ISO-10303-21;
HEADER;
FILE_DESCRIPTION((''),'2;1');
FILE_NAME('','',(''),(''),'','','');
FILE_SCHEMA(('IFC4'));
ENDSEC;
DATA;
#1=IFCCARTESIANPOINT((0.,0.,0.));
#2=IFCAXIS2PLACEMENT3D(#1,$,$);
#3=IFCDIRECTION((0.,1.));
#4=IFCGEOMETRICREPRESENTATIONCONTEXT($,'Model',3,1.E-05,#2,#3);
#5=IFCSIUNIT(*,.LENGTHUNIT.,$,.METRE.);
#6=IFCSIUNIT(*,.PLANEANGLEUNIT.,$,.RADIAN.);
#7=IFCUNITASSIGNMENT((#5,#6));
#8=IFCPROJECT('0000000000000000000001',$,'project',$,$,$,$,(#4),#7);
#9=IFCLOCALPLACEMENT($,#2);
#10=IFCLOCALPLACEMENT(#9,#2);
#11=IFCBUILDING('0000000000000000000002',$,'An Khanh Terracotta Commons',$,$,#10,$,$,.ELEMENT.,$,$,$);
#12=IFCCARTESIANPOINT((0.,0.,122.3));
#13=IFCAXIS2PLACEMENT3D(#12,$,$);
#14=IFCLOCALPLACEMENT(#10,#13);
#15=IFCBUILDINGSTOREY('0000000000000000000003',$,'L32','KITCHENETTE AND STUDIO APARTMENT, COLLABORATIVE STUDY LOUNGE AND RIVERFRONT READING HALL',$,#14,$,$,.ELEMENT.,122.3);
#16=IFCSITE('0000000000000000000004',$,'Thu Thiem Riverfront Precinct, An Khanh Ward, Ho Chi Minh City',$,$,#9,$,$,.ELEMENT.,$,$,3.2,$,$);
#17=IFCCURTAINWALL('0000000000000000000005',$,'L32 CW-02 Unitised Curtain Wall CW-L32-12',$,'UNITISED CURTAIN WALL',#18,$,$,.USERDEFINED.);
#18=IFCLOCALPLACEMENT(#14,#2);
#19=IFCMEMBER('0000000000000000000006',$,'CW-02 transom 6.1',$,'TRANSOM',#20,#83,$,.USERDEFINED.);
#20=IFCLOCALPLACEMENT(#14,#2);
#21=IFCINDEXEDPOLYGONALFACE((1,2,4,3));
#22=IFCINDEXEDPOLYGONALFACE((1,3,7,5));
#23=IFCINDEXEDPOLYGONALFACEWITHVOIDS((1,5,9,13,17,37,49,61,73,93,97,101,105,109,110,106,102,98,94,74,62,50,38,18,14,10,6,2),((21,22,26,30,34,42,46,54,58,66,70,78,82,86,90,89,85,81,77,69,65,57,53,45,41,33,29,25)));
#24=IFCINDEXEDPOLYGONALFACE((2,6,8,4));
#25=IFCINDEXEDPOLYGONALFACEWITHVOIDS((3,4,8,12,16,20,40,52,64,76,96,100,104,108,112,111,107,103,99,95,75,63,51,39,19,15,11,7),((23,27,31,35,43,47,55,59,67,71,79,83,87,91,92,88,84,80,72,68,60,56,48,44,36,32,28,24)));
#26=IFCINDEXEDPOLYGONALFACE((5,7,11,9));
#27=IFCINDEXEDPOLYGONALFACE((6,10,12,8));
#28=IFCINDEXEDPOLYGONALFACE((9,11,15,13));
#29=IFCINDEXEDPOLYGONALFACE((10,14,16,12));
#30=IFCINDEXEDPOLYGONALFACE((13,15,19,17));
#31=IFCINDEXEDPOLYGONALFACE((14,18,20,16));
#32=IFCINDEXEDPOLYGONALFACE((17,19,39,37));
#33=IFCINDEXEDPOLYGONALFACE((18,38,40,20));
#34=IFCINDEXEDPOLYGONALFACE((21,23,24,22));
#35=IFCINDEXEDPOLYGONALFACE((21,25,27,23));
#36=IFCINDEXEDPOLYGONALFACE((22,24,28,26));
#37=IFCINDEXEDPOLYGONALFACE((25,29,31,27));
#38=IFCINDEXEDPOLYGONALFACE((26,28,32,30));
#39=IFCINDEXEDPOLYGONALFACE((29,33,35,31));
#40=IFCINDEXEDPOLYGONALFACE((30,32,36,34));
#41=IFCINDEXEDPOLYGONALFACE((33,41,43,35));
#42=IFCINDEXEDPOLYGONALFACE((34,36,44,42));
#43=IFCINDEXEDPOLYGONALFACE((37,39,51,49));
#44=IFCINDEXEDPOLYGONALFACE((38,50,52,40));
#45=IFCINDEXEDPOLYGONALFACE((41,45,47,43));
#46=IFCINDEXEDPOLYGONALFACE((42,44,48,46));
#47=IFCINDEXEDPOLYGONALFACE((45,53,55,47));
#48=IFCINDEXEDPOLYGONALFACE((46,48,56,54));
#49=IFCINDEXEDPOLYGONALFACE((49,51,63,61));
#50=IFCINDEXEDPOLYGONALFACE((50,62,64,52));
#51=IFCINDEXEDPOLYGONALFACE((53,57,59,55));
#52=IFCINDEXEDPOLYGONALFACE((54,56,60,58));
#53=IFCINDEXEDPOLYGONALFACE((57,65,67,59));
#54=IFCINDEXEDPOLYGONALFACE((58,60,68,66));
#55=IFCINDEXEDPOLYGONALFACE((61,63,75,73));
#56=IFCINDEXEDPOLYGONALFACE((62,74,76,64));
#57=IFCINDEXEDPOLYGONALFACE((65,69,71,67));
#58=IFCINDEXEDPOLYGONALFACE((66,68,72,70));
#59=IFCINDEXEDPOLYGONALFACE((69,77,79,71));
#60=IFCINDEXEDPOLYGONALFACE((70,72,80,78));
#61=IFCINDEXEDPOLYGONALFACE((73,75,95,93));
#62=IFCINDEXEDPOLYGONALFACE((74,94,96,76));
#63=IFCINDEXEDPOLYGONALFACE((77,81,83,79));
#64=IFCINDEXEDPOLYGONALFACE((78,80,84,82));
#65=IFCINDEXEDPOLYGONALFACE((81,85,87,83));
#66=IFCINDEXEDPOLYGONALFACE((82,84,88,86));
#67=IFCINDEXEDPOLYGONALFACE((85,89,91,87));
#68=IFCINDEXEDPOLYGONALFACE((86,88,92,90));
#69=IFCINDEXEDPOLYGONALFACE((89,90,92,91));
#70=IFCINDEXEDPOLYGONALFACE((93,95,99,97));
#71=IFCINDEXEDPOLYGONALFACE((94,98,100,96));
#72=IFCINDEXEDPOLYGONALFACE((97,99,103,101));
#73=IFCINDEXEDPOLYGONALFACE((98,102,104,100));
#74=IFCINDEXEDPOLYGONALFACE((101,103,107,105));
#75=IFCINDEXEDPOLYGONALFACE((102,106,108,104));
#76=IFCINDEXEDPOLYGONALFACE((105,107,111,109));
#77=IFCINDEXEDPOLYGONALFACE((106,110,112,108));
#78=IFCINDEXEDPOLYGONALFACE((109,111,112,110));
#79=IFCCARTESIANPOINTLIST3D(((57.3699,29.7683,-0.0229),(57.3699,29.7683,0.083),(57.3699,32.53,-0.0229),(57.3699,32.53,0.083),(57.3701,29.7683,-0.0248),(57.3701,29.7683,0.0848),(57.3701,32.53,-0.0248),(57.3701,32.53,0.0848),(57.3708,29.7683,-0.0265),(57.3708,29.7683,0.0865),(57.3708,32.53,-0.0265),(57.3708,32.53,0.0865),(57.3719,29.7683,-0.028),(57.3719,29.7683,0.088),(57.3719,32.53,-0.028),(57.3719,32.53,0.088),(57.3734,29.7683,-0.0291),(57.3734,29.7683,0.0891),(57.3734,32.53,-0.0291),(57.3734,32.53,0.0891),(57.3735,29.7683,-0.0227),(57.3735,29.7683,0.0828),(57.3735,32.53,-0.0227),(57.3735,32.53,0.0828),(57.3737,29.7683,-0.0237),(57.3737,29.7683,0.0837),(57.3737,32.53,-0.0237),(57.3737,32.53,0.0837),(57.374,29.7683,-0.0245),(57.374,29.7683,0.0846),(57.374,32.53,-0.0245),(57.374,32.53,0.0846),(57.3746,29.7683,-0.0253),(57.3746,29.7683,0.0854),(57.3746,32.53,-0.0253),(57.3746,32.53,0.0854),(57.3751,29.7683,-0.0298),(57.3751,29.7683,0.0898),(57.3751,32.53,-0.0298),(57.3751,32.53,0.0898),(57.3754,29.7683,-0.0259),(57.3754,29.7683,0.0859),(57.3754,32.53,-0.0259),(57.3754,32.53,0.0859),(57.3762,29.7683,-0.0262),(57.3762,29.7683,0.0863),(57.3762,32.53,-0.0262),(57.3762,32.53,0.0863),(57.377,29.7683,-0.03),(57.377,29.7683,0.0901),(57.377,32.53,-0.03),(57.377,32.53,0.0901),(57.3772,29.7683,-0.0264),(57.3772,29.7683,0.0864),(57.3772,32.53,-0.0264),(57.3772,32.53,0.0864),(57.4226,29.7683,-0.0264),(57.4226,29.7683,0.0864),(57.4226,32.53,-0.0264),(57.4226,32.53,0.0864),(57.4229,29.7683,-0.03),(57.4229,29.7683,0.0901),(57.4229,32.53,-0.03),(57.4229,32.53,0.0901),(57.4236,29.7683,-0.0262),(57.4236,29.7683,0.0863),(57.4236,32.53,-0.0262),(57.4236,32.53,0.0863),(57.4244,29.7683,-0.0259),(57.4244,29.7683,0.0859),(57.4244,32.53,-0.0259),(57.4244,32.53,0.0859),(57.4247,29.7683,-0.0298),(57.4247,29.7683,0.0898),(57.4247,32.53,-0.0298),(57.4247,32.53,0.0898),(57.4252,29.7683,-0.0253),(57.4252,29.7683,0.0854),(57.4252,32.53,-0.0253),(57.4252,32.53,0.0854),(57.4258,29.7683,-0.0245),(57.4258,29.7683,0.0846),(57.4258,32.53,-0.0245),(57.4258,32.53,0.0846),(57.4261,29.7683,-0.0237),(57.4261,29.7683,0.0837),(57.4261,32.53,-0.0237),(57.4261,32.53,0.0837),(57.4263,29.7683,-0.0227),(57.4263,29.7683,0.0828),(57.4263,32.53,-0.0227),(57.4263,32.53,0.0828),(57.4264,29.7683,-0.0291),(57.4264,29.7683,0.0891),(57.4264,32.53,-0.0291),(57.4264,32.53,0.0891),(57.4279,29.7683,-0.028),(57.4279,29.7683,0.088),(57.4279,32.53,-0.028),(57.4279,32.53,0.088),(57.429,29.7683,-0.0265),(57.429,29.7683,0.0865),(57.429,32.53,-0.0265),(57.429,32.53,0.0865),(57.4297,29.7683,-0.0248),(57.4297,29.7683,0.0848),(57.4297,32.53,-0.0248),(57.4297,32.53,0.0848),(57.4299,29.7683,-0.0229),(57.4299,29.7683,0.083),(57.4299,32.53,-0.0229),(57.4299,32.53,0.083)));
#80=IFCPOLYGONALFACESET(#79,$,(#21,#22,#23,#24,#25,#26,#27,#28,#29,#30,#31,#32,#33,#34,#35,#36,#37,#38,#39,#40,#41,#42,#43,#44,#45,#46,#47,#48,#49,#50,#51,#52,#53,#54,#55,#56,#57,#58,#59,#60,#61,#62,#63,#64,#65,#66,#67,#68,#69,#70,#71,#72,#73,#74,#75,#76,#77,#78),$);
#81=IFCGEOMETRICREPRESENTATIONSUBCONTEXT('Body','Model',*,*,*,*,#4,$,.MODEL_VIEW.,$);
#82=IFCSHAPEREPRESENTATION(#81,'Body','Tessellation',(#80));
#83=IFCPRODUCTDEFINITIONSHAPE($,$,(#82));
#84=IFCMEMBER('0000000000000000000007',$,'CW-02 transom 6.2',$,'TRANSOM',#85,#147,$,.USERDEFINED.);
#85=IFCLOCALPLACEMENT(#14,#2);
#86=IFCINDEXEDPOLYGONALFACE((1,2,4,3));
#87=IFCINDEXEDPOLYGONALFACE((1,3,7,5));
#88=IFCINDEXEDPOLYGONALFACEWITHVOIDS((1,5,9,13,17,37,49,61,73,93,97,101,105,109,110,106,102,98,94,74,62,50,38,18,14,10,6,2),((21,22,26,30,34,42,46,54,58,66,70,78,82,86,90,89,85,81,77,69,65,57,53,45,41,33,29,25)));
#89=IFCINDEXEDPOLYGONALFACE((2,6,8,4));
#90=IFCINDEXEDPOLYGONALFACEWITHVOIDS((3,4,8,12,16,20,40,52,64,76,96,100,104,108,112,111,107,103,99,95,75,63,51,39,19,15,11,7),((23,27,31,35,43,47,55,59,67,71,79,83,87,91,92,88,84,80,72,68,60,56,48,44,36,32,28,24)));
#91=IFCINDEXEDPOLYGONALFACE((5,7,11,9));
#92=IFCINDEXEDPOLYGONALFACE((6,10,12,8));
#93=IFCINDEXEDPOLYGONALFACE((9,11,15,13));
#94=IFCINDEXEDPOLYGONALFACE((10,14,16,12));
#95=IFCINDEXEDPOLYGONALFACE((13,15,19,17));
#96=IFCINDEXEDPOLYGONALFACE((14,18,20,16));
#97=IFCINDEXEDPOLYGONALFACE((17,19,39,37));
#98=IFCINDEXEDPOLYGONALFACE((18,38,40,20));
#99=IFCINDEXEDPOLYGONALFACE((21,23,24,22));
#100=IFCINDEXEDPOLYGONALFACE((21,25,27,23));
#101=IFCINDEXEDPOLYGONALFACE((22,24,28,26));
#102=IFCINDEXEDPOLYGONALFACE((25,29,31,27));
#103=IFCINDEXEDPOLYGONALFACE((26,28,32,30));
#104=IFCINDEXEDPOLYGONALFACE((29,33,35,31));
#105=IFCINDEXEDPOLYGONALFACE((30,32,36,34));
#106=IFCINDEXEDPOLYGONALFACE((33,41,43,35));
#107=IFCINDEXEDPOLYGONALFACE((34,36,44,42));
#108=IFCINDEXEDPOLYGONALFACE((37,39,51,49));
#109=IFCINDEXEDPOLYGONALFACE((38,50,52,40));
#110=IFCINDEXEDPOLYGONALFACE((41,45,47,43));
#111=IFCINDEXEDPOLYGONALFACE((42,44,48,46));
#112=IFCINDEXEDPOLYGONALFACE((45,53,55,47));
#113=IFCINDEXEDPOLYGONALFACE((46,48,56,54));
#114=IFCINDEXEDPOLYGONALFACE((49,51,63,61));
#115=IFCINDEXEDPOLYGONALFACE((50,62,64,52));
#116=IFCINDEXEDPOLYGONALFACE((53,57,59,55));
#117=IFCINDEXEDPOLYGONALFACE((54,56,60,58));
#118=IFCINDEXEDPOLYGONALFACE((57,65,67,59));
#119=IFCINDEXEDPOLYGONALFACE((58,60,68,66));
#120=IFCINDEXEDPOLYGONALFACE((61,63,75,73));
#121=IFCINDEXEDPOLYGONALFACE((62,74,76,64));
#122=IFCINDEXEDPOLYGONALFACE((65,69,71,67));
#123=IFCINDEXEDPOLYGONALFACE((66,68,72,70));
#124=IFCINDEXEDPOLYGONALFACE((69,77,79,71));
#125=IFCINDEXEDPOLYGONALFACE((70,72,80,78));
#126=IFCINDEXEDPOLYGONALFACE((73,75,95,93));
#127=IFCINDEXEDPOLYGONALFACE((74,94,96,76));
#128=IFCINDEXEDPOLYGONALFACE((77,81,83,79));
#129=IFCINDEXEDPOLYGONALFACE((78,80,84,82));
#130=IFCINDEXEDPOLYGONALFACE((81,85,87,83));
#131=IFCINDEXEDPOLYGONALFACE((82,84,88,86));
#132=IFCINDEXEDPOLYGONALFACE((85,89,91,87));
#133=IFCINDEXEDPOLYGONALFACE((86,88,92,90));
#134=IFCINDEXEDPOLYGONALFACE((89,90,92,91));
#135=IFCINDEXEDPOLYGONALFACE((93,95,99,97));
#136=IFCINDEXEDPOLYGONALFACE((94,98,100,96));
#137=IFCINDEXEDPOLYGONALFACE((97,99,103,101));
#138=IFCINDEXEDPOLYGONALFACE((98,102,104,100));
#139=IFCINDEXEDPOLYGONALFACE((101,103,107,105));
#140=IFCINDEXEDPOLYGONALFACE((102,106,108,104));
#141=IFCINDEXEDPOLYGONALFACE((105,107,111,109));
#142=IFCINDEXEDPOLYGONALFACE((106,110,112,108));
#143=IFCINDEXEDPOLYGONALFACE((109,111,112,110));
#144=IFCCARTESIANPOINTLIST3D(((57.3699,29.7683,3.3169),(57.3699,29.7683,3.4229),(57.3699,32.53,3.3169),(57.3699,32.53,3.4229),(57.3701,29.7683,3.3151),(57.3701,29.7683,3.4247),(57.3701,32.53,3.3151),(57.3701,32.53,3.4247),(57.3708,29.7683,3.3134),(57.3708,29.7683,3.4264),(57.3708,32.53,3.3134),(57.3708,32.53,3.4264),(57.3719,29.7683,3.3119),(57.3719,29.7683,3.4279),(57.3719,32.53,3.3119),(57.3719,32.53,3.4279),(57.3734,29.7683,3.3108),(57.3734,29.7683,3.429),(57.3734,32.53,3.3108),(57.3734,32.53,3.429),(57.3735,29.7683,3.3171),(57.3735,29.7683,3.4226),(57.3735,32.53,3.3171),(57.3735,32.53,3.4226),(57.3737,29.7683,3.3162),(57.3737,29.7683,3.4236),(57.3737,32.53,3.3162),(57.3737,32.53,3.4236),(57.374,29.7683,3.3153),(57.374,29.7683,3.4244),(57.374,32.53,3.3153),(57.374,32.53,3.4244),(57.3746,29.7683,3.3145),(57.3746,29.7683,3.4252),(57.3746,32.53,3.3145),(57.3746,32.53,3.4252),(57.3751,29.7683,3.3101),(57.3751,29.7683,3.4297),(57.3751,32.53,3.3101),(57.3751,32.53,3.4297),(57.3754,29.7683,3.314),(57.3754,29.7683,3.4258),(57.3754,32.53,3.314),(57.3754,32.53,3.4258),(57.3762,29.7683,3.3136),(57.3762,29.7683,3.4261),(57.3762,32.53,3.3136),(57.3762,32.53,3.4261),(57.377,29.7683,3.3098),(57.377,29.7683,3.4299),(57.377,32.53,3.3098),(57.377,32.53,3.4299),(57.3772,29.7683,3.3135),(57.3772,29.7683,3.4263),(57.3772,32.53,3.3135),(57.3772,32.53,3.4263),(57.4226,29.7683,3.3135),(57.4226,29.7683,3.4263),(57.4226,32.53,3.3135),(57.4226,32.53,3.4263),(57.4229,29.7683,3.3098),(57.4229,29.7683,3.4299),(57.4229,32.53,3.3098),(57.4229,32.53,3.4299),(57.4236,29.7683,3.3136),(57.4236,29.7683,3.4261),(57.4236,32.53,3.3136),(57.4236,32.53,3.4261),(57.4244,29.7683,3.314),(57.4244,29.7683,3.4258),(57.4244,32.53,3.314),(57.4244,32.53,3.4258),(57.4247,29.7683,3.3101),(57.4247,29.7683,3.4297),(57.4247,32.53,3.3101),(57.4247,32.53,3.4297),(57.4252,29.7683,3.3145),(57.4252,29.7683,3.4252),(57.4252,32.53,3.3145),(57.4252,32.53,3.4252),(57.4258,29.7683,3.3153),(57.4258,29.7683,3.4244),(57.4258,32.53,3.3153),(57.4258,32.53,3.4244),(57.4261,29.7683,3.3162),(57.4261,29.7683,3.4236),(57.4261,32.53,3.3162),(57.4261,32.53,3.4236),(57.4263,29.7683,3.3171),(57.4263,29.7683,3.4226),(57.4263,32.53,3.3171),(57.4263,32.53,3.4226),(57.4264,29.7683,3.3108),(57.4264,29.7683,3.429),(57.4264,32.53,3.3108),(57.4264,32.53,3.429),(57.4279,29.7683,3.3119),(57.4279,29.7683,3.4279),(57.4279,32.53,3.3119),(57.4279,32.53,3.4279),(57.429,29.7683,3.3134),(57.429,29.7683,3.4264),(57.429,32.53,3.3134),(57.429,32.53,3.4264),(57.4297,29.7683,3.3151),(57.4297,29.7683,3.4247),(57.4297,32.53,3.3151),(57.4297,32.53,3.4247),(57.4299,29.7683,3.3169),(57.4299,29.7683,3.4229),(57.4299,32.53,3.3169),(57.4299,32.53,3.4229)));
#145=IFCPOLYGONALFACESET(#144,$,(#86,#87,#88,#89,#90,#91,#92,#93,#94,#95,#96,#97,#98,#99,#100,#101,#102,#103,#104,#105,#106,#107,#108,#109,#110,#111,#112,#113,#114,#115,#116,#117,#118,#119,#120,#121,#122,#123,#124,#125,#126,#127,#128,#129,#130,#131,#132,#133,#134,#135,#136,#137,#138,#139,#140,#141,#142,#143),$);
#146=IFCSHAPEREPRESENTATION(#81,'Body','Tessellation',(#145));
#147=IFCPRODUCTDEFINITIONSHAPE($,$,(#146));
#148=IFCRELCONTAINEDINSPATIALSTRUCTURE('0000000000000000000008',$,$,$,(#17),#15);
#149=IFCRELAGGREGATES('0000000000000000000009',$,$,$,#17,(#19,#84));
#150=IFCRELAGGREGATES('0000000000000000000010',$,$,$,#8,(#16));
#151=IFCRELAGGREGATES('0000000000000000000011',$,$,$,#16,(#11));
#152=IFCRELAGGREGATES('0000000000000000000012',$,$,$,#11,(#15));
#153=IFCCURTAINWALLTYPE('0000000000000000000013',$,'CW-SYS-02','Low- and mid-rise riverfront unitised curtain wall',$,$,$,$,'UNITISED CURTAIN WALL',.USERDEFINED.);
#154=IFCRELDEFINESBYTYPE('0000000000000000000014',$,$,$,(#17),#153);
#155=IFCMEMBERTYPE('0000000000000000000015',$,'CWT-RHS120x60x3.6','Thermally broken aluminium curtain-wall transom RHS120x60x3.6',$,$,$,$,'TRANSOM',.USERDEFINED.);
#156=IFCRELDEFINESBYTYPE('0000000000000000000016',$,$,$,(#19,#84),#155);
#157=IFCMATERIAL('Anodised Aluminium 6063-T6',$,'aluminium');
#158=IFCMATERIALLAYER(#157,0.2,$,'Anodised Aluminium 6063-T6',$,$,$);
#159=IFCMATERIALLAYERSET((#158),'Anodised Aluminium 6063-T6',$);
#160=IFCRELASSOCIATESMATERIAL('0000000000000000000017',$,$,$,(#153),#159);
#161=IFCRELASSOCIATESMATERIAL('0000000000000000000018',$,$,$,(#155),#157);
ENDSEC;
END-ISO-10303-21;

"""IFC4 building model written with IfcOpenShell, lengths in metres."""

from ifc_helpers import new_model, si_unit, direction, frame, origin, origin_2d, place, context, subcontext, project, spatial, hollow_rectangle, extrude, material, layer, layer_set, material_profile, profile_set, type_object, element, aggregate, save


model = new_model("IFC4")

# Units and contexts
model_context = context("Model", 3, precision=1e-05, world=origin(), true_north=direction((0.0, 1.0)))
body_context = subcontext(model_context, "Body", "Model", "MODEL_VIEW")
ifc_project = project(units=[si_unit("LENGTHUNIT", "METRE"), si_unit("PLANEANGLEUNIT", "RADIAN")], contexts=[model_context])

# Site, building, storey
site_placement = place(None, origin())
site = spatial("IfcSite", under=ifc_project, at=site_placement, Name="Thu Thiem Riverfront Precinct, An Khanh Ward, Ho Chi Minh City", CompositionType="ELEMENT", RefElevation=3.2)
building_placement = place(site_placement, origin())
building = spatial("IfcBuilding", under=site, at=building_placement, Name="An Khanh Terracotta Commons", CompositionType="ELEMENT")
storey_placement = place(building_placement, frame((0.0, 0.0, 122.3)))
storey = spatial("IfcBuildingStorey", under=building, at=storey_placement, Name="L32", Description="KITCHENETTE AND STUDIO APARTMENT, COLLABORATIVE STUDY LOUNGE AND RIVERFRONT READING HALL", CompositionType="ELEMENT", Elevation=122.3)

# Curtain wall
ifc_material_1 = material(Name="Anodised Aluminium 6063-T6", Category="aluminium")
ifc_layer_1 = layer(ifc_material_1, 0.2, Name="Anodised Aluminium 6063-T6")
ifc_layer_set_1 = layer_set([ifc_layer_1], Name="Anodised Aluminium 6063-T6")
curtain_wall_type = type_object("IfcCurtainWallType", Name="CW-SYS-02", Description="Low- and mid-rise riverfront unitised curtain wall", ElementType="UNITISED CURTAIN WALL", PredefinedType="USERDEFINED", material=ifc_layer_set_1)
curtain_wall_1_placement = place(storey_placement, origin())
curtain_wall_1 = element("IfcCurtainWall", 1, at=curtain_wall_1_placement, inside=storey, type_object=curtain_wall_type, Name="L32 CW-02 Unitised Curtain Wall CW-L32-12", ObjectType="UNITISED CURTAIN WALL", PredefinedType="USERDEFINED")

# Members
ifc_material_profile_1 = material_profile(ifc_material_1, hollow_rectangle(XDim=0.0601, YDim=0.1201, WallThickness=0.0037, InnerFilletRadius=0.0037, OuterFilletRadius=0.0071, at=origin_2d()), Name="RHS120x60x3.6")
ifc_profile_set_1 = profile_set([ifc_material_profile_1], Name="Anodised Aluminium 6063-T6")
member_type_1 = type_object("IfcMemberType", Name="CWT-RHS120x60x3.6", Description="Thermally broken aluminium curtain-wall transom RHS120x60x3.6", ElementType="TRANSOM", PredefinedType="USERDEFINED", material=ifc_profile_set_1)
member_1_placement = place(storey_placement, frame((57.3999, 29.7683, 0.03), z_axis=(0.0, 1.0, 0.0), x_axis=(-1.0, 0.0, 0.0)))
member_1 = element("IfcMember", 2, at=member_1_placement, type_object=member_type_1, Name="CW-02 transom 6.1", ObjectType="TRANSOM", PredefinedType="USERDEFINED", context=body_context, shape_type="SweptSolid", body=[
    extrude(hollow_rectangle(XDim=0.0601, YDim=0.1201, WallThickness=0.0037, InnerFilletRadius=0.0037, OuterFilletRadius=0.0071, at=origin_2d()), origin(), (0.0, 0.0, 1.0), 2.7617),
])
member_2_placement = place(storey_placement, frame((57.3999, 29.7683, 3.3699), z_axis=(0.0, 1.0, 0.0), x_axis=(-1.0, 0.0, 0.0)))
member_2 = element("IfcMember", 3, at=member_2_placement, type_object=member_type_1, Name="CW-02 transom 6.2", ObjectType="TRANSOM", PredefinedType="USERDEFINED", context=body_context, shape_type="SweptSolid", body=[
    extrude(hollow_rectangle(XDim=0.0601, YDim=0.1201, WallThickness=0.0037, InnerFilletRadius=0.0037, OuterFilletRadius=0.0071, at=origin_2d()), origin(), (0.0, 0.0, 1.0), 2.7617),
])

aggregate(curtain_wall_1, [member_1, member_2])

save(model, "model.ifc")
